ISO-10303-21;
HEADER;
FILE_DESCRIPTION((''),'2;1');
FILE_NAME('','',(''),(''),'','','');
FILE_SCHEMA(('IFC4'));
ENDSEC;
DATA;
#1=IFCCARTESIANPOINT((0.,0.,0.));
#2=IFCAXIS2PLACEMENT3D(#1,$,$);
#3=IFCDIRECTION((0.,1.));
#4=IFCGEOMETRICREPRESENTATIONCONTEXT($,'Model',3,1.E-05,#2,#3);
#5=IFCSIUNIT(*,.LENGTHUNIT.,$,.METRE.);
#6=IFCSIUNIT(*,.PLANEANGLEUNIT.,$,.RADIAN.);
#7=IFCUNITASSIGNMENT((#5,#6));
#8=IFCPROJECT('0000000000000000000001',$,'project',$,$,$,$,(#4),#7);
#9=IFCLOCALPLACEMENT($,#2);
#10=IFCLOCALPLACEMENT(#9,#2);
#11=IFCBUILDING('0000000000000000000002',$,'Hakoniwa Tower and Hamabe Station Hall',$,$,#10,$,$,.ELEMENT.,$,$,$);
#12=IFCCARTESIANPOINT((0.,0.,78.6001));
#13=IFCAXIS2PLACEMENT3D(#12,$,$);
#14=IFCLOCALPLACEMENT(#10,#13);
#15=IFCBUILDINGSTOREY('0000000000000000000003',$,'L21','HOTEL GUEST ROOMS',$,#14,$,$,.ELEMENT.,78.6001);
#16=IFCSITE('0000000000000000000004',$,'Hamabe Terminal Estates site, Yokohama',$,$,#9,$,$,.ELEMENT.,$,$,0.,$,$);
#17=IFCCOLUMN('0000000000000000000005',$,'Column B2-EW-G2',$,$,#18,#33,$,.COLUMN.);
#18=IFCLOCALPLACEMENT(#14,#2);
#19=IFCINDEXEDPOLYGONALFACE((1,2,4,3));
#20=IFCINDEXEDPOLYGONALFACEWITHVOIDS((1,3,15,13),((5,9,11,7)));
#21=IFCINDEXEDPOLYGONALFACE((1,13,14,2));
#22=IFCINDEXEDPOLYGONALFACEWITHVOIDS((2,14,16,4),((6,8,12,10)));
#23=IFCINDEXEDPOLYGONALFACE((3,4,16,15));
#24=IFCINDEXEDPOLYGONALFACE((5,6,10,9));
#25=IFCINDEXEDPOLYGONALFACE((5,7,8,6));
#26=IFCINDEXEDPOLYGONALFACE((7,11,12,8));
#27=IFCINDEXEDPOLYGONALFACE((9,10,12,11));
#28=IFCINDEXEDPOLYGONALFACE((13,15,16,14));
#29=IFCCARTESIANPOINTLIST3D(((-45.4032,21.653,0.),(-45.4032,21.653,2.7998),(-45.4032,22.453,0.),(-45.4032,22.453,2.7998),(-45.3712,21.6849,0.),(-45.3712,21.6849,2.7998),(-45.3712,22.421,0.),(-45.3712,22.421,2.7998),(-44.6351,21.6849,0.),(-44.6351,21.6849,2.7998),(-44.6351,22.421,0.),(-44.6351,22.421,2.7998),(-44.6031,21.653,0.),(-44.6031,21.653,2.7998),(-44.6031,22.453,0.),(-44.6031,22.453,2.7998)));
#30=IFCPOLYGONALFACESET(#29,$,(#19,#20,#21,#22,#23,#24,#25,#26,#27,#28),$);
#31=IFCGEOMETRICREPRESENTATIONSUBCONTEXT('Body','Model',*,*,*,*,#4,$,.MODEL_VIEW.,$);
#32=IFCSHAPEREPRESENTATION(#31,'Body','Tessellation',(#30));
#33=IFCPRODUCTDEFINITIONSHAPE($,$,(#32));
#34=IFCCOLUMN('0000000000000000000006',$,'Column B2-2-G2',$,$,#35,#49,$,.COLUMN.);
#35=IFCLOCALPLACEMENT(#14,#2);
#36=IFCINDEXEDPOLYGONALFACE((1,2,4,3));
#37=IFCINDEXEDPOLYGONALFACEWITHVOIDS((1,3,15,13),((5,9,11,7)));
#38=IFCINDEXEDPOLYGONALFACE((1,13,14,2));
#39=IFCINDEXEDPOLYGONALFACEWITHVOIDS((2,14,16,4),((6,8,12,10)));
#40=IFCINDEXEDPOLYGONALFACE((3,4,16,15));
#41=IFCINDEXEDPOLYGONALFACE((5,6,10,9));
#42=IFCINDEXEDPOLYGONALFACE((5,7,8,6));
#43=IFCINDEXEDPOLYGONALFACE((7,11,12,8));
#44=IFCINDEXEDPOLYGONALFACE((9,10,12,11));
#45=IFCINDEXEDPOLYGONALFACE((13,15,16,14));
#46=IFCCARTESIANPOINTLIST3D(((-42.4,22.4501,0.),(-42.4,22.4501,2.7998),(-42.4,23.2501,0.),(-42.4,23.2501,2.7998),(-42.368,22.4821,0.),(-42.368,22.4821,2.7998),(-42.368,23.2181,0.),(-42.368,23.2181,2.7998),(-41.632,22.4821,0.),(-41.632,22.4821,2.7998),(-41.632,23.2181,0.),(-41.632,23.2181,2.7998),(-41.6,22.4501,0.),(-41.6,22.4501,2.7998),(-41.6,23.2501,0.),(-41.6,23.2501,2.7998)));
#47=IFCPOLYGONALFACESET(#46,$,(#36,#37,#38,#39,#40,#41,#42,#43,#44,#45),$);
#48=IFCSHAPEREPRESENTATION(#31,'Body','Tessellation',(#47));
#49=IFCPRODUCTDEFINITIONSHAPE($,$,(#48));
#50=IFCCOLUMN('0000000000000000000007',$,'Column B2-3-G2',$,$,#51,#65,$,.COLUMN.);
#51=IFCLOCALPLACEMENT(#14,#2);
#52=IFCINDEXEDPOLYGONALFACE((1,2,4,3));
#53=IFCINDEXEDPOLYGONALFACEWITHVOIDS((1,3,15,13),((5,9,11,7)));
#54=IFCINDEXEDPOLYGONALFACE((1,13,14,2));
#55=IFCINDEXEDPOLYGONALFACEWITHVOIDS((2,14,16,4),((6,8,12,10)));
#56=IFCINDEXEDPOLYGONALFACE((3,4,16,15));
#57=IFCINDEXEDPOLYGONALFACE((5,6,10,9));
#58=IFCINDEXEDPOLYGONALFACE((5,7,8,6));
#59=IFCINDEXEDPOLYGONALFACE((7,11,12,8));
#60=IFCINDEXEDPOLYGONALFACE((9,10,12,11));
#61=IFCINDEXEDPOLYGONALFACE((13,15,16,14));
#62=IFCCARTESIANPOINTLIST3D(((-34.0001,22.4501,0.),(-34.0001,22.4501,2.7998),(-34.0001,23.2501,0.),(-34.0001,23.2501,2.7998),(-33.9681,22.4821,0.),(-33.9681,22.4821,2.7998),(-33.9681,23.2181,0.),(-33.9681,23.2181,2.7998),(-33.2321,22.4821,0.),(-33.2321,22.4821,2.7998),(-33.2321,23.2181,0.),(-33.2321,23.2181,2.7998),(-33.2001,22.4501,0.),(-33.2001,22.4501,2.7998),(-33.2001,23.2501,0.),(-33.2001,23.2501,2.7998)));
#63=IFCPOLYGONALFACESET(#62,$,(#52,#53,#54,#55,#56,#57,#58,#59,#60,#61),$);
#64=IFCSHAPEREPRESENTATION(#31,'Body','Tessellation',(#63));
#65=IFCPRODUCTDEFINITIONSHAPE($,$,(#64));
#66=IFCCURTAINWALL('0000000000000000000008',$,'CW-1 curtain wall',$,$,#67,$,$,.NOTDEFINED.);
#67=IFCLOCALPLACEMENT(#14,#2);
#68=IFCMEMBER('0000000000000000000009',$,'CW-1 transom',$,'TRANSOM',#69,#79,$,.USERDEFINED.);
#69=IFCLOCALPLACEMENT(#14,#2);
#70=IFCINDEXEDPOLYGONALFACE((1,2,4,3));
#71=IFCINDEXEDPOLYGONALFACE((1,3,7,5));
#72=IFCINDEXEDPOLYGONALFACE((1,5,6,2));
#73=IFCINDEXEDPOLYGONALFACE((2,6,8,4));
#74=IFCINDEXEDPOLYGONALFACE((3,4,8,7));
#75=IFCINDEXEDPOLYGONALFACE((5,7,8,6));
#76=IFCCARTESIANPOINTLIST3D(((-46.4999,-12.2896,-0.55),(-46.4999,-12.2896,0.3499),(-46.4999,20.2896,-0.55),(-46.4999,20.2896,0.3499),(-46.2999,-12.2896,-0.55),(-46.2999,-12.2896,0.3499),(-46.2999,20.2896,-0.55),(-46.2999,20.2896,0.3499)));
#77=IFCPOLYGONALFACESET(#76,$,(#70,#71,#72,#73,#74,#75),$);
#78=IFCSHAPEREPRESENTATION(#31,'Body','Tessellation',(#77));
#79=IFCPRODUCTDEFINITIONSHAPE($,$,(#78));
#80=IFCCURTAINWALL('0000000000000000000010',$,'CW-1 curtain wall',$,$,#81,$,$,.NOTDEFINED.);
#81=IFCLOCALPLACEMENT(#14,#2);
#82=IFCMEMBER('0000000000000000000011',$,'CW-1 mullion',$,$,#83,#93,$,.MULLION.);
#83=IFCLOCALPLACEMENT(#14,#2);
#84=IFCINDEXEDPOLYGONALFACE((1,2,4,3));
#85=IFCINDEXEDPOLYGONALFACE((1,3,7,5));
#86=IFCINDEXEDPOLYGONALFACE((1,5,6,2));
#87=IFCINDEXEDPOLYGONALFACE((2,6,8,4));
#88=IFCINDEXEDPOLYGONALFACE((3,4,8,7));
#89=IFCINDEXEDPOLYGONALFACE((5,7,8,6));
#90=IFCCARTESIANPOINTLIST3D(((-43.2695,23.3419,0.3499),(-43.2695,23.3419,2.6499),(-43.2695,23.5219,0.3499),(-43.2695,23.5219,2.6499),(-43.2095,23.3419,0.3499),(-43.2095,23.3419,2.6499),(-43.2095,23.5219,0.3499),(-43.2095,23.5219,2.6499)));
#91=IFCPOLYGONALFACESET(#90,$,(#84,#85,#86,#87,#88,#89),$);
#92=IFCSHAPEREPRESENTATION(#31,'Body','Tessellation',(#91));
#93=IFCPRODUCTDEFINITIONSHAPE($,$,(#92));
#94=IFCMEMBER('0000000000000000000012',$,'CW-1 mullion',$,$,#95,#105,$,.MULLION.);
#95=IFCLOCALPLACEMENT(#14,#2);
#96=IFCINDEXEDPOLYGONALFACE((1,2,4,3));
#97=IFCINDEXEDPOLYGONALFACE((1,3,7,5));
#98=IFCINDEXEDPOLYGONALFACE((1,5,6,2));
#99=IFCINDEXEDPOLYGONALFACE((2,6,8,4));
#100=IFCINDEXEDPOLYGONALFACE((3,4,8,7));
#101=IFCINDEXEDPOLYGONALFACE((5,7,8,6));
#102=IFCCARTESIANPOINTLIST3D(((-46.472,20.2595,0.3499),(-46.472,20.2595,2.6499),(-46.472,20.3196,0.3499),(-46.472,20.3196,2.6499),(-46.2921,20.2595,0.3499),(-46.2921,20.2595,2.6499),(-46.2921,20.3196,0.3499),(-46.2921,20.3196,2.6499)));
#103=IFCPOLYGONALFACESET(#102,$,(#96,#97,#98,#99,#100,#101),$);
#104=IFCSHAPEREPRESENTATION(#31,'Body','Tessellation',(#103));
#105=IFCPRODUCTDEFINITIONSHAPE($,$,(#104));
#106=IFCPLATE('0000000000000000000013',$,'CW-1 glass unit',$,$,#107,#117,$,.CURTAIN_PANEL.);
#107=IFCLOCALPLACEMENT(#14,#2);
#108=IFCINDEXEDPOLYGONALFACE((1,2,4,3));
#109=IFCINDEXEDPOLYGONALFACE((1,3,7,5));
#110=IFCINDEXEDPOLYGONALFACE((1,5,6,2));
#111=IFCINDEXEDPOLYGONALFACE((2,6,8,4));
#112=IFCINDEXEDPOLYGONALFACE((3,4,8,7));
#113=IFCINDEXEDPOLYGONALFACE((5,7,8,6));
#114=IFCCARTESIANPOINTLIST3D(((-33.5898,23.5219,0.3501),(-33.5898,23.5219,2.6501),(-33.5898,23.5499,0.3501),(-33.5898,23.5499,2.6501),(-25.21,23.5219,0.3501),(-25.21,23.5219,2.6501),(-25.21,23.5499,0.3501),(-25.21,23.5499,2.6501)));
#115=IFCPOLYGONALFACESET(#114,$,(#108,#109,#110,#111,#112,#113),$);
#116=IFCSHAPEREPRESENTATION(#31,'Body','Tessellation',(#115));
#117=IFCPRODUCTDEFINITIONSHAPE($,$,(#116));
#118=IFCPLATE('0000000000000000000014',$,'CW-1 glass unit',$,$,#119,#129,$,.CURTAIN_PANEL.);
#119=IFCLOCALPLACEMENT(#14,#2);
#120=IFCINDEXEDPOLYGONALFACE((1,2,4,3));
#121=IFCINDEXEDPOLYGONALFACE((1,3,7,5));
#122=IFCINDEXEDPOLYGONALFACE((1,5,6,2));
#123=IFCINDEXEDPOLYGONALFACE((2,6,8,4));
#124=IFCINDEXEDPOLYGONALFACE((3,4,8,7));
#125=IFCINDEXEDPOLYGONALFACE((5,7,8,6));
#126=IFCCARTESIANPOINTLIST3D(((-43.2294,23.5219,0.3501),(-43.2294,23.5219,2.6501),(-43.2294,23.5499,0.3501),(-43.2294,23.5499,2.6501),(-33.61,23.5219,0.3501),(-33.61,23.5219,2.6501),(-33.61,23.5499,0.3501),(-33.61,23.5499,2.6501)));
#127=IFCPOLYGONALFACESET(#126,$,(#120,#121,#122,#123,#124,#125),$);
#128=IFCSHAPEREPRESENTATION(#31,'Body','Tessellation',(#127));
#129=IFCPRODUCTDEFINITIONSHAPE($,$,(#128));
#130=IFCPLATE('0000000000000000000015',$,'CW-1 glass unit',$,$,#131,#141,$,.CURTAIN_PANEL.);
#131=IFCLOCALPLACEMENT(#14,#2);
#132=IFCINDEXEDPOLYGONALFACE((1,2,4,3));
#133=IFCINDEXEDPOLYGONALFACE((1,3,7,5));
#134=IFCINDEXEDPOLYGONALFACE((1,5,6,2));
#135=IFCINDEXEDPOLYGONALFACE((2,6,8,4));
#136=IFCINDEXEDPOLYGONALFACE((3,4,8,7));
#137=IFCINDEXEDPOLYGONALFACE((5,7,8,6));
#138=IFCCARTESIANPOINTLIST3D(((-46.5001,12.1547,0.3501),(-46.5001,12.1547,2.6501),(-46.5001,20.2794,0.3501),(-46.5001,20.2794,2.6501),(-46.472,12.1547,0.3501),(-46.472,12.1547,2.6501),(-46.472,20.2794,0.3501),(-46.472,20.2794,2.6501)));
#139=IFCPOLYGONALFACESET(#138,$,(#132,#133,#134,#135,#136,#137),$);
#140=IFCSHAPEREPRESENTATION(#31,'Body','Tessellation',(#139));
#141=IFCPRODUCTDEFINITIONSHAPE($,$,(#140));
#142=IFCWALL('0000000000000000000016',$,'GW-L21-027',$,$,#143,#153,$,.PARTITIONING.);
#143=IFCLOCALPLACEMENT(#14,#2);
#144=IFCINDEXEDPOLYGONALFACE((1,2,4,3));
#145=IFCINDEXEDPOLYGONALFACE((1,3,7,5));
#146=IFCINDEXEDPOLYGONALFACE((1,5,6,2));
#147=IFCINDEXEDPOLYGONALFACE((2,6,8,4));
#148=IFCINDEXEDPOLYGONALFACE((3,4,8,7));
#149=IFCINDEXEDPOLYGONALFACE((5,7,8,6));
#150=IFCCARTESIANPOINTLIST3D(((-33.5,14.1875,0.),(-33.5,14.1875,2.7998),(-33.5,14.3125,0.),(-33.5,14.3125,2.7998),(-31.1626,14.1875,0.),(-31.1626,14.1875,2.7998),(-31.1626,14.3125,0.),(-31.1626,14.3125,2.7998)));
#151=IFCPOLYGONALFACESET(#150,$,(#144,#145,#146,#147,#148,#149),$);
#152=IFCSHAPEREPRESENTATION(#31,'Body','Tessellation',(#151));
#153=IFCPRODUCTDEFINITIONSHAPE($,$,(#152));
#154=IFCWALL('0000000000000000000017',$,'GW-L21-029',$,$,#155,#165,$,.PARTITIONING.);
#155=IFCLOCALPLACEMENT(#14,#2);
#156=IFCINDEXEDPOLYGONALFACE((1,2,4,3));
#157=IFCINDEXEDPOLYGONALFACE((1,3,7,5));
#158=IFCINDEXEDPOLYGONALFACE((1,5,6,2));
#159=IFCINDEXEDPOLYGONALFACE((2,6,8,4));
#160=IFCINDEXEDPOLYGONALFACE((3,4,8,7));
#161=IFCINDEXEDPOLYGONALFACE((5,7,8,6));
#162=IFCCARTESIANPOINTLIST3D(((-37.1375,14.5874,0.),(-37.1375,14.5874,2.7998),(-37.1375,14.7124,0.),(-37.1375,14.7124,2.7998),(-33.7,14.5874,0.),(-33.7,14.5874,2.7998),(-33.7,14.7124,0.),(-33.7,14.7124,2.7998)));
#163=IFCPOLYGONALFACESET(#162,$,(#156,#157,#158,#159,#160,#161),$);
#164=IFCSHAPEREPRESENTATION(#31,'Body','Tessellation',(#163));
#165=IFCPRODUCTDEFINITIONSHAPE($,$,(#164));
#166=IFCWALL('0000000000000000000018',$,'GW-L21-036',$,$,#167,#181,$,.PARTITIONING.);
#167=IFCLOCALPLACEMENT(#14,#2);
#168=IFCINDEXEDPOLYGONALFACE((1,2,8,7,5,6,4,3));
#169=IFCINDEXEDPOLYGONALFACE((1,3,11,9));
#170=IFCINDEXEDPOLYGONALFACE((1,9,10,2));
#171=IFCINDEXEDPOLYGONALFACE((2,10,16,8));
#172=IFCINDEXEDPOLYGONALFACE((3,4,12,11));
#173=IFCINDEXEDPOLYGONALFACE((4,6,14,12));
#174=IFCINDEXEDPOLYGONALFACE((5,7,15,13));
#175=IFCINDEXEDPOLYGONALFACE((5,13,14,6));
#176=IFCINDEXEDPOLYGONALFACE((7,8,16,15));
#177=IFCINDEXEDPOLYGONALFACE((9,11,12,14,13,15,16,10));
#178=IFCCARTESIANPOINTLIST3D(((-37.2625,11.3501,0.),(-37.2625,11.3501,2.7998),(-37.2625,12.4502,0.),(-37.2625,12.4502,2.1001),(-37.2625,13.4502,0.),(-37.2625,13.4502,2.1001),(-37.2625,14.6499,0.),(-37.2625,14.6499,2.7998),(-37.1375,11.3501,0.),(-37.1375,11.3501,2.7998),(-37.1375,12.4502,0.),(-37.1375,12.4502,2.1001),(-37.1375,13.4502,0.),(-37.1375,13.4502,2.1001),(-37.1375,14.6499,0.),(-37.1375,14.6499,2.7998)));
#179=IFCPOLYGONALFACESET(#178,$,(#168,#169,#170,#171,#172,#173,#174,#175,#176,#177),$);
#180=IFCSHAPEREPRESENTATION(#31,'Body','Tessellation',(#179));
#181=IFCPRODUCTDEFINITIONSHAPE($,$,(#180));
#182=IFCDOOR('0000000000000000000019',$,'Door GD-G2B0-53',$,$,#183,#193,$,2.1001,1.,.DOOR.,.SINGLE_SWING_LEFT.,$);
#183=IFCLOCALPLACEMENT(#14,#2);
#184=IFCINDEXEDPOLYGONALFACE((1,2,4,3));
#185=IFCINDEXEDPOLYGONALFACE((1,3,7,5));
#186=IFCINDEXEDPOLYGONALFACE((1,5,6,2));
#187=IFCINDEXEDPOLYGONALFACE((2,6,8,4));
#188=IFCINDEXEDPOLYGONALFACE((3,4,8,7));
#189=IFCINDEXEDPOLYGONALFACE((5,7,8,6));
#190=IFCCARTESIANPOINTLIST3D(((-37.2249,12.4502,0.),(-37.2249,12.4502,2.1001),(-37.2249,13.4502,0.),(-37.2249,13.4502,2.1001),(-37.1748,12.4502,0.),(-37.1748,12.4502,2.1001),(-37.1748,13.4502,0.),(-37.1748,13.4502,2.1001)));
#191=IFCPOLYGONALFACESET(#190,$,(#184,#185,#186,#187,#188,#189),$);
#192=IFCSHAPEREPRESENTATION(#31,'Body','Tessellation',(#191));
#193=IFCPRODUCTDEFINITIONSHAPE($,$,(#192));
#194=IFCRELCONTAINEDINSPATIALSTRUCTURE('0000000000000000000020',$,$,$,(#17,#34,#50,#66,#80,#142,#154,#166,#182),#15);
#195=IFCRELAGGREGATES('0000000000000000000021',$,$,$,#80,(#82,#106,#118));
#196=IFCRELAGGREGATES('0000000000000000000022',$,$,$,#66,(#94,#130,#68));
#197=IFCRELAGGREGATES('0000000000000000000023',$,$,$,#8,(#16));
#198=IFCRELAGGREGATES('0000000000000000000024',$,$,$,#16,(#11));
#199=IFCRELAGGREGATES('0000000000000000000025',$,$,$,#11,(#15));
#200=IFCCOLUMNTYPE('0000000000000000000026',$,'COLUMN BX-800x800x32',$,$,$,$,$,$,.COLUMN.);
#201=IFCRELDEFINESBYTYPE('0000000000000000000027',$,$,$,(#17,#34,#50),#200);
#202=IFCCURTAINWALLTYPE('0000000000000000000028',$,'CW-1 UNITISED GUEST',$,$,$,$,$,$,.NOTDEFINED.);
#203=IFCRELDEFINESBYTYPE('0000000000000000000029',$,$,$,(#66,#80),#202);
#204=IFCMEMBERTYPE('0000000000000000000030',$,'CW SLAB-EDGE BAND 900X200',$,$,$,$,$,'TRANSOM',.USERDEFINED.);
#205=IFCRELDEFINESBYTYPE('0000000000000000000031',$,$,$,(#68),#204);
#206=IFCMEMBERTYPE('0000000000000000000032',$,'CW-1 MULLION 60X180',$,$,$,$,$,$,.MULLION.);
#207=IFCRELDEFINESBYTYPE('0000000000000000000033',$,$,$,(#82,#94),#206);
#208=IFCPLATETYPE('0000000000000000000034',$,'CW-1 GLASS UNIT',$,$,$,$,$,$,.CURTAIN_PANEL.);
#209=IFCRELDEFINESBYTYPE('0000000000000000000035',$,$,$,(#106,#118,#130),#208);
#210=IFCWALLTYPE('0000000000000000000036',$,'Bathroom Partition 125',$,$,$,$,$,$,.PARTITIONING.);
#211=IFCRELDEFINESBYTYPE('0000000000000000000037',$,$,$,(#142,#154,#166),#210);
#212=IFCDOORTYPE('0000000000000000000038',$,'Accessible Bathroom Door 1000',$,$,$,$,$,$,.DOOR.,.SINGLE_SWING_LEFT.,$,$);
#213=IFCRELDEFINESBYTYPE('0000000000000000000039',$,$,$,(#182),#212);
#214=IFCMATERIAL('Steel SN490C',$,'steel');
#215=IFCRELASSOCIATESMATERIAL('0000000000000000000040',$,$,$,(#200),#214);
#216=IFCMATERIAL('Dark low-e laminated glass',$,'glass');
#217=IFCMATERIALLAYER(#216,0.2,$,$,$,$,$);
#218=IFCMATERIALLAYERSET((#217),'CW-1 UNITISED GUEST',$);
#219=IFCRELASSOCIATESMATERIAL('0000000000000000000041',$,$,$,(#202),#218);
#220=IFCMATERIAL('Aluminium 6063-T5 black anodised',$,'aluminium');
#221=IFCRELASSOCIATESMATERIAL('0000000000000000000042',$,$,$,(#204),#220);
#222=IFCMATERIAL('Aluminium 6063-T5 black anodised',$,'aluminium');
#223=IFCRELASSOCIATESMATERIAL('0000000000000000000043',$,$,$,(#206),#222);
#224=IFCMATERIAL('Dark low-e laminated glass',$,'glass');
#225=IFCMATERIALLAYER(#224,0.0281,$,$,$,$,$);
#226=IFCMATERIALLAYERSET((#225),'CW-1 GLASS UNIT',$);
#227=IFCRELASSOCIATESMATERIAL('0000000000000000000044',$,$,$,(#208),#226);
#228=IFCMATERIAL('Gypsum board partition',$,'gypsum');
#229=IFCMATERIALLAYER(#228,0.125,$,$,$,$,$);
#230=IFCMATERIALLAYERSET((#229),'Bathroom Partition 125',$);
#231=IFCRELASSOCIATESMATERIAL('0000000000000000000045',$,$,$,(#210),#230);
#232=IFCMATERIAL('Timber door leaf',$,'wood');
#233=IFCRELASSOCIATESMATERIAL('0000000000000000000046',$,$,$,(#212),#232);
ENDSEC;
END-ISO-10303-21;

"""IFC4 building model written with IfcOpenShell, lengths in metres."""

from ifc_helpers import new_model, si_unit, direction, frame, frame_2d, origin, origin_2d, place, context, subcontext, project, spatial, rectangle, hollow_rectangle, extrude, material, layer, layer_set, material_profile, profile_set, type_object, element, fill, aggregate, save


model = new_model("IFC4")

# Units and contexts
model_context = context("Model", 3, precision=1e-05, world=origin(), true_north=direction((0.0, 1.0)))
body_context = subcontext(model_context, "Body", "Model", "MODEL_VIEW")
ifc_project = project(units=[si_unit("LENGTHUNIT", "METRE"), si_unit("PLANEANGLEUNIT", "RADIAN")], contexts=[model_context])

# Site, building, storey
site_placement = place(None, origin())
site = spatial("IfcSite", under=ifc_project, at=site_placement, Name="Hamabe Terminal Estates site, Yokohama", CompositionType="ELEMENT", RefElevation=0.0)
building_placement = place(site_placement, origin())
building = spatial("IfcBuilding", under=site, at=building_placement, Name="Hakoniwa Tower and Hamabe Station Hall", CompositionType="ELEMENT")
storey_placement = place(building_placement, frame((0.0, 0.0, 78.6001)))
storey = spatial("IfcBuildingStorey", under=building, at=storey_placement, Name="L21", Description="HOTEL GUEST ROOMS", CompositionType="ELEMENT", Elevation=78.6001)

# Columns
ifc_material_1 = material(Name="Steel SN490C", Category="steel")
ifc_material_profile_1 = material_profile(ifc_material_1, hollow_rectangle(XDim=0.8, YDim=0.8, WallThickness=0.032, at=origin_2d()), Name="BX-800x800x32")
ifc_profile_set_1 = profile_set([ifc_material_profile_1], Name="Steel SN490C")
column_type = type_object("IfcColumnType", Name="COLUMN BX-800x800x32", PredefinedType="COLUMN", material=ifc_profile_set_1)
for number, where, z_axis, x_axis, name in (
    (1, (-45.0032, 22.053, 0.0), (0.0, 0.0, 1.0), (1.0, 0.0, 0.0), "Column B2-EW-G2"),
    (2, (-42.0, 22.8501, 0.0), (0.0, 0.0, 1.0), (1.0, 0.0, 0.0), "Column B2-2-G2"),
    (3, (-33.6001, 22.8501, 0.0), (0.0, 0.0, 1.0), (1.0, 0.0, 0.0), "Column B2-3-G2"),
):
    element("IfcColumn", number, at=place(storey_placement, frame(where, z_axis=z_axis, x_axis=x_axis)), inside=storey, type_object=column_type, Name=name, PredefinedType="COLUMN", context=body_context, shape_type="SweptSolid", body=[
        extrude(hollow_rectangle(XDim=0.8, YDim=0.8, WallThickness=0.032, at=origin_2d()), origin(), (0.0, 0.0, 1.0), 2.7998),
    ])

# Curtain walls, members
ifc_material_2 = material(Name="Dark low-e laminated glass", Category="glass")
ifc_layer_1 = layer(ifc_material_2, 0.2)
ifc_layer_set_1 = layer_set([ifc_layer_1], Name="CW-1 UNITISED GUEST")
curtain_wall_type = type_object("IfcCurtainWallType", Name="CW-1 UNITISED GUEST", PredefinedType="NOTDEFINED", material=ifc_layer_set_1)
curtain_wall_1_placement = place(storey_placement, origin())
curtain_wall_1 = element("IfcCurtainWall", 4, at=curtain_wall_1_placement, inside=storey, type_object=curtain_wall_type, Name="CW-1 curtain wall", PredefinedType="NOTDEFINED")
ifc_material_3 = material(Name="Aluminium 6063-T5 black anodised", Category="aluminium")
ifc_material_profile_2 = material_profile(ifc_material_3, rectangle(XDim=0.2, YDim=0.8999, at=origin_2d()), Name="CW SLAB-EDGE BAND 900X200")
ifc_profile_set_2 = profile_set([ifc_material_profile_2], Name="Aluminium 6063-T5 black anodised")
member_type_1 = type_object("IfcMemberType", Name="CW SLAB-EDGE BAND 900X200", ElementType="TRANSOM", PredefinedType="USERDEFINED", material=ifc_profile_set_2)
member_1_placement = place(storey_placement, frame((-46.3999, 20.2896, -0.1001), z_axis=(0.0, -1.0, 0.0), x_axis=(1.0, 0.0, 0.0)))
member_1 = element("IfcMember", 5, at=member_1_placement, type_object=member_type_1, Name="CW-1 transom", ObjectType="TRANSOM", PredefinedType="USERDEFINED", context=body_context, shape_type="SweptSolid", body=[
    extrude(rectangle(XDim=0.2, YDim=0.8999, at=origin_2d()), origin(), (0.0, 0.0, 1.0), 32.5791),
])
curtain_wall_2_placement = place(storey_placement, origin())
curtain_wall_2 = element("IfcCurtainWall", 6, at=curtain_wall_2_placement, inside=storey, type_object=curtain_wall_type, Name="CW-1 curtain wall", PredefinedType="NOTDEFINED")
ifc_material_4 = material(Name="Aluminium 6063-T5 black anodised", Category="aluminium")
ifc_material_profile_3 = material_profile(ifc_material_4, rectangle(XDim=0.0601, YDim=0.1799, at=origin_2d()), Name="CW-1 MULLION 60X180")
ifc_profile_set_3 = profile_set([ifc_material_profile_3], Name="Aluminium 6063-T5 black anodised")
member_type_2 = type_object("IfcMemberType", Name="CW-1 MULLION 60X180", PredefinedType="MULLION", material=ifc_profile_set_3)
member_2_placement = place(storey_placement, frame((-43.2395, 23.4319, 0.3499), z_axis=(0.0, 0.0, 1.0), x_axis=(-1.0, 0.0, 0.0)))
member_2 = element("IfcMember", 7, at=member_2_placement, type_object=member_type_2, Name="CW-1 mullion", PredefinedType="MULLION", context=body_context, shape_type="SweptSolid", body=[
    extrude(rectangle(XDim=0.0601, YDim=0.1799, at=origin_2d()), origin(), (0.0, 0.0, 1.0), 2.3),
])

# Member
member_3_placement = place(storey_placement, frame((-46.3821, 20.2896, 0.3499), z_axis=(0.0, 0.0, 1.0), x_axis=(0.0, -1.0, 0.0)))
member_3 = element("IfcMember", 8, at=member_3_placement, type_object=member_type_2, Name="CW-1 mullion", PredefinedType="MULLION", context=body_context, shape_type="SweptSolid", body=[
    extrude(rectangle(XDim=0.0601, YDim=0.1799, at=origin_2d()), origin(), (0.0, 0.0, 1.0), 2.3),
])

# Plates
ifc_material_5 = material(Name="Dark low-e laminated glass", Category="glass")
ifc_layer_2 = layer(ifc_material_5, 0.0281)
ifc_layer_set_2 = layer_set([ifc_layer_2], Name="CW-1 GLASS UNIT")
plate_type = type_object("IfcPlateType", Name="CW-1 GLASS UNIT", PredefinedType="CURTAIN_PANEL", material=ifc_layer_set_2)
plate_1_placement = place(storey_placement, frame((-29.3999, 23.5359, 0.3501), z_axis=(0.0, 0.0, 1.0), x_axis=(-1.0, 0.0, 0.0)))
plate_1 = element("IfcPlate", 9, at=plate_1_placement, type_object=plate_type, Name="CW-1 glass unit", PredefinedType="CURTAIN_PANEL", context=body_context, shape_type="SweptSolid", body=[
    extrude(rectangle(XDim=8.3799, YDim=0.0281, at=origin_2d()), origin(), (0.0, 0.0, 1.0), 2.3),
])
plate_2_placement = place(storey_placement, frame((-38.4197, 23.5359, 0.3501), z_axis=(0.0, 0.0, 1.0), x_axis=(-1.0, 0.0, 0.0)))
plate_2 = element("IfcPlate", 10, at=plate_2_placement, type_object=plate_type, Name="CW-1 glass unit", PredefinedType="CURTAIN_PANEL", context=body_context, shape_type="SweptSolid", body=[
    extrude(rectangle(XDim=9.6194, YDim=0.0281, at=origin_2d()), origin(), (0.0, 0.0, 1.0), 2.3),
])
aggregate(curtain_wall_2, [member_2, plate_1, plate_2])
plate_3_placement = place(storey_placement, frame((-46.4861, 16.217, 0.3501), z_axis=(0.0, 0.0, 1.0), x_axis=(0.0, -1.0, 0.0)))
plate_3 = element("IfcPlate", 11, at=plate_3_placement, type_object=plate_type, Name="CW-1 glass unit", PredefinedType="CURTAIN_PANEL", context=body_context, shape_type="SweptSolid", body=[
    extrude(rectangle(XDim=8.1248, YDim=0.0281, at=origin_2d()), origin(), (0.0, 0.0, 1.0), 2.3),
])
aggregate(curtain_wall_1, [member_3, plate_3, member_1])

# Walls
ifc_material_6 = material(Name="Gypsum board partition", Category="gypsum")
ifc_layer_3 = layer(ifc_material_6, 0.125)
ifc_layer_set_3 = layer_set([ifc_layer_3], Name="Bathroom Partition 125")
wall_type_1 = type_object("IfcWallType", Name="Bathroom Partition 125", PredefinedType="PARTITIONING", material=ifc_layer_set_3)
wall_1_placement = place(storey_placement, frame((-33.5, 14.25, 0.0), z_axis=(0.0, 0.0, 1.0), x_axis=(1.0, 0.0, 0.0)))
element("IfcWall", 12, at=wall_1_placement, inside=storey, type_object=wall_type_1, Name="GW-L21-027", PredefinedType="PARTITIONING", context=body_context, shape_type="SweptSolid", body=[
    extrude(rectangle(XDim=2.3374, YDim=0.125, at=frame_2d((1.1687, 0.0))), origin(), (0.0, 0.0, 1.0), 2.7998),
])
wall_2_placement = place(storey_placement, frame((-37.1375, 14.6499, 0.0), z_axis=(0.0, 0.0, 1.0), x_axis=(1.0, 0.0, 0.0)))
element("IfcWall", 13, at=wall_2_placement, inside=storey, type_object=wall_type_1, Name="GW-L21-029", PredefinedType="PARTITIONING", context=body_context, shape_type="SweptSolid", body=[
    extrude(rectangle(XDim=3.4375, YDim=0.125, at=frame_2d((1.7188, 0.0))), origin(), (0.0, 0.0, 1.0), 2.7998),
])

# Wall, opening, door
wall_3_placement = place(storey_placement, frame((-37.2, 11.3501, 0.0), z_axis=(0.0, 0.0, 1.0), x_axis=(0.0, 1.0, 0.0)))
wall_3 = element("IfcWall", 14, at=wall_3_placement, inside=storey, type_object=wall_type_1, Name="GW-L21-036", PredefinedType="PARTITIONING", context=body_context, shape_type="SweptSolid", body=[
    extrude(rectangle(XDim=3.2998, YDim=0.125, at=frame_2d((1.6499, 0.0))), origin(), (0.0, 0.0, 1.0), 2.7998),
])
opening_1_placement = place(wall_3_placement, frame((1.1001, 0.0, 0.0)))
opening_1 = element("IfcOpeningElement", 15, at=opening_1_placement, cuts=wall_3, PredefinedType="OPENING", context=body_context, shape_type="SweptSolid", body=[
    extrude(rectangle(XDim=1.0, YDim=2.1001, at=frame_2d((0.5, 1.05))), frame((0.0, 0.0725, 0.0), z_axis=(0.0, -1.0, 0.0), x_axis=(1.0, 0.0, 0.0)), (0.0, 0.0, 1.0), 0.145),
])
ifc_material_7 = material(Name="Timber door leaf", Category="wood")
door_type_1 = type_object("IfcDoorType", Name="Accessible Bathroom Door 1000", OperationType="SINGLE_SWING_LEFT", PredefinedType="DOOR", material=ifc_material_7)
door_1_placement = place(opening_1_placement, origin())
door_1 = element("IfcDoor", 16, at=door_1_placement, inside=storey, type_object=door_type_1, Name="Door GD-G2B0-53", OperationType="SINGLE_SWING_LEFT", OverallHeight=2.1001, OverallWidth=1.0, PredefinedType="DOOR", context=body_context, shape_type="SweptSolid", body=[
    extrude(rectangle(XDim=1.0, YDim=2.1001, at=frame_2d((0.5, 1.05))), frame((0.0, 0.0249, 0.0), z_axis=(0.0, -1.0, 0.0), x_axis=(1.0, 0.0, 0.0)), (0.0, 0.0, 1.0), 0.05),
])
fill(opening_1, door_1)

save(model, "model.ifc")
